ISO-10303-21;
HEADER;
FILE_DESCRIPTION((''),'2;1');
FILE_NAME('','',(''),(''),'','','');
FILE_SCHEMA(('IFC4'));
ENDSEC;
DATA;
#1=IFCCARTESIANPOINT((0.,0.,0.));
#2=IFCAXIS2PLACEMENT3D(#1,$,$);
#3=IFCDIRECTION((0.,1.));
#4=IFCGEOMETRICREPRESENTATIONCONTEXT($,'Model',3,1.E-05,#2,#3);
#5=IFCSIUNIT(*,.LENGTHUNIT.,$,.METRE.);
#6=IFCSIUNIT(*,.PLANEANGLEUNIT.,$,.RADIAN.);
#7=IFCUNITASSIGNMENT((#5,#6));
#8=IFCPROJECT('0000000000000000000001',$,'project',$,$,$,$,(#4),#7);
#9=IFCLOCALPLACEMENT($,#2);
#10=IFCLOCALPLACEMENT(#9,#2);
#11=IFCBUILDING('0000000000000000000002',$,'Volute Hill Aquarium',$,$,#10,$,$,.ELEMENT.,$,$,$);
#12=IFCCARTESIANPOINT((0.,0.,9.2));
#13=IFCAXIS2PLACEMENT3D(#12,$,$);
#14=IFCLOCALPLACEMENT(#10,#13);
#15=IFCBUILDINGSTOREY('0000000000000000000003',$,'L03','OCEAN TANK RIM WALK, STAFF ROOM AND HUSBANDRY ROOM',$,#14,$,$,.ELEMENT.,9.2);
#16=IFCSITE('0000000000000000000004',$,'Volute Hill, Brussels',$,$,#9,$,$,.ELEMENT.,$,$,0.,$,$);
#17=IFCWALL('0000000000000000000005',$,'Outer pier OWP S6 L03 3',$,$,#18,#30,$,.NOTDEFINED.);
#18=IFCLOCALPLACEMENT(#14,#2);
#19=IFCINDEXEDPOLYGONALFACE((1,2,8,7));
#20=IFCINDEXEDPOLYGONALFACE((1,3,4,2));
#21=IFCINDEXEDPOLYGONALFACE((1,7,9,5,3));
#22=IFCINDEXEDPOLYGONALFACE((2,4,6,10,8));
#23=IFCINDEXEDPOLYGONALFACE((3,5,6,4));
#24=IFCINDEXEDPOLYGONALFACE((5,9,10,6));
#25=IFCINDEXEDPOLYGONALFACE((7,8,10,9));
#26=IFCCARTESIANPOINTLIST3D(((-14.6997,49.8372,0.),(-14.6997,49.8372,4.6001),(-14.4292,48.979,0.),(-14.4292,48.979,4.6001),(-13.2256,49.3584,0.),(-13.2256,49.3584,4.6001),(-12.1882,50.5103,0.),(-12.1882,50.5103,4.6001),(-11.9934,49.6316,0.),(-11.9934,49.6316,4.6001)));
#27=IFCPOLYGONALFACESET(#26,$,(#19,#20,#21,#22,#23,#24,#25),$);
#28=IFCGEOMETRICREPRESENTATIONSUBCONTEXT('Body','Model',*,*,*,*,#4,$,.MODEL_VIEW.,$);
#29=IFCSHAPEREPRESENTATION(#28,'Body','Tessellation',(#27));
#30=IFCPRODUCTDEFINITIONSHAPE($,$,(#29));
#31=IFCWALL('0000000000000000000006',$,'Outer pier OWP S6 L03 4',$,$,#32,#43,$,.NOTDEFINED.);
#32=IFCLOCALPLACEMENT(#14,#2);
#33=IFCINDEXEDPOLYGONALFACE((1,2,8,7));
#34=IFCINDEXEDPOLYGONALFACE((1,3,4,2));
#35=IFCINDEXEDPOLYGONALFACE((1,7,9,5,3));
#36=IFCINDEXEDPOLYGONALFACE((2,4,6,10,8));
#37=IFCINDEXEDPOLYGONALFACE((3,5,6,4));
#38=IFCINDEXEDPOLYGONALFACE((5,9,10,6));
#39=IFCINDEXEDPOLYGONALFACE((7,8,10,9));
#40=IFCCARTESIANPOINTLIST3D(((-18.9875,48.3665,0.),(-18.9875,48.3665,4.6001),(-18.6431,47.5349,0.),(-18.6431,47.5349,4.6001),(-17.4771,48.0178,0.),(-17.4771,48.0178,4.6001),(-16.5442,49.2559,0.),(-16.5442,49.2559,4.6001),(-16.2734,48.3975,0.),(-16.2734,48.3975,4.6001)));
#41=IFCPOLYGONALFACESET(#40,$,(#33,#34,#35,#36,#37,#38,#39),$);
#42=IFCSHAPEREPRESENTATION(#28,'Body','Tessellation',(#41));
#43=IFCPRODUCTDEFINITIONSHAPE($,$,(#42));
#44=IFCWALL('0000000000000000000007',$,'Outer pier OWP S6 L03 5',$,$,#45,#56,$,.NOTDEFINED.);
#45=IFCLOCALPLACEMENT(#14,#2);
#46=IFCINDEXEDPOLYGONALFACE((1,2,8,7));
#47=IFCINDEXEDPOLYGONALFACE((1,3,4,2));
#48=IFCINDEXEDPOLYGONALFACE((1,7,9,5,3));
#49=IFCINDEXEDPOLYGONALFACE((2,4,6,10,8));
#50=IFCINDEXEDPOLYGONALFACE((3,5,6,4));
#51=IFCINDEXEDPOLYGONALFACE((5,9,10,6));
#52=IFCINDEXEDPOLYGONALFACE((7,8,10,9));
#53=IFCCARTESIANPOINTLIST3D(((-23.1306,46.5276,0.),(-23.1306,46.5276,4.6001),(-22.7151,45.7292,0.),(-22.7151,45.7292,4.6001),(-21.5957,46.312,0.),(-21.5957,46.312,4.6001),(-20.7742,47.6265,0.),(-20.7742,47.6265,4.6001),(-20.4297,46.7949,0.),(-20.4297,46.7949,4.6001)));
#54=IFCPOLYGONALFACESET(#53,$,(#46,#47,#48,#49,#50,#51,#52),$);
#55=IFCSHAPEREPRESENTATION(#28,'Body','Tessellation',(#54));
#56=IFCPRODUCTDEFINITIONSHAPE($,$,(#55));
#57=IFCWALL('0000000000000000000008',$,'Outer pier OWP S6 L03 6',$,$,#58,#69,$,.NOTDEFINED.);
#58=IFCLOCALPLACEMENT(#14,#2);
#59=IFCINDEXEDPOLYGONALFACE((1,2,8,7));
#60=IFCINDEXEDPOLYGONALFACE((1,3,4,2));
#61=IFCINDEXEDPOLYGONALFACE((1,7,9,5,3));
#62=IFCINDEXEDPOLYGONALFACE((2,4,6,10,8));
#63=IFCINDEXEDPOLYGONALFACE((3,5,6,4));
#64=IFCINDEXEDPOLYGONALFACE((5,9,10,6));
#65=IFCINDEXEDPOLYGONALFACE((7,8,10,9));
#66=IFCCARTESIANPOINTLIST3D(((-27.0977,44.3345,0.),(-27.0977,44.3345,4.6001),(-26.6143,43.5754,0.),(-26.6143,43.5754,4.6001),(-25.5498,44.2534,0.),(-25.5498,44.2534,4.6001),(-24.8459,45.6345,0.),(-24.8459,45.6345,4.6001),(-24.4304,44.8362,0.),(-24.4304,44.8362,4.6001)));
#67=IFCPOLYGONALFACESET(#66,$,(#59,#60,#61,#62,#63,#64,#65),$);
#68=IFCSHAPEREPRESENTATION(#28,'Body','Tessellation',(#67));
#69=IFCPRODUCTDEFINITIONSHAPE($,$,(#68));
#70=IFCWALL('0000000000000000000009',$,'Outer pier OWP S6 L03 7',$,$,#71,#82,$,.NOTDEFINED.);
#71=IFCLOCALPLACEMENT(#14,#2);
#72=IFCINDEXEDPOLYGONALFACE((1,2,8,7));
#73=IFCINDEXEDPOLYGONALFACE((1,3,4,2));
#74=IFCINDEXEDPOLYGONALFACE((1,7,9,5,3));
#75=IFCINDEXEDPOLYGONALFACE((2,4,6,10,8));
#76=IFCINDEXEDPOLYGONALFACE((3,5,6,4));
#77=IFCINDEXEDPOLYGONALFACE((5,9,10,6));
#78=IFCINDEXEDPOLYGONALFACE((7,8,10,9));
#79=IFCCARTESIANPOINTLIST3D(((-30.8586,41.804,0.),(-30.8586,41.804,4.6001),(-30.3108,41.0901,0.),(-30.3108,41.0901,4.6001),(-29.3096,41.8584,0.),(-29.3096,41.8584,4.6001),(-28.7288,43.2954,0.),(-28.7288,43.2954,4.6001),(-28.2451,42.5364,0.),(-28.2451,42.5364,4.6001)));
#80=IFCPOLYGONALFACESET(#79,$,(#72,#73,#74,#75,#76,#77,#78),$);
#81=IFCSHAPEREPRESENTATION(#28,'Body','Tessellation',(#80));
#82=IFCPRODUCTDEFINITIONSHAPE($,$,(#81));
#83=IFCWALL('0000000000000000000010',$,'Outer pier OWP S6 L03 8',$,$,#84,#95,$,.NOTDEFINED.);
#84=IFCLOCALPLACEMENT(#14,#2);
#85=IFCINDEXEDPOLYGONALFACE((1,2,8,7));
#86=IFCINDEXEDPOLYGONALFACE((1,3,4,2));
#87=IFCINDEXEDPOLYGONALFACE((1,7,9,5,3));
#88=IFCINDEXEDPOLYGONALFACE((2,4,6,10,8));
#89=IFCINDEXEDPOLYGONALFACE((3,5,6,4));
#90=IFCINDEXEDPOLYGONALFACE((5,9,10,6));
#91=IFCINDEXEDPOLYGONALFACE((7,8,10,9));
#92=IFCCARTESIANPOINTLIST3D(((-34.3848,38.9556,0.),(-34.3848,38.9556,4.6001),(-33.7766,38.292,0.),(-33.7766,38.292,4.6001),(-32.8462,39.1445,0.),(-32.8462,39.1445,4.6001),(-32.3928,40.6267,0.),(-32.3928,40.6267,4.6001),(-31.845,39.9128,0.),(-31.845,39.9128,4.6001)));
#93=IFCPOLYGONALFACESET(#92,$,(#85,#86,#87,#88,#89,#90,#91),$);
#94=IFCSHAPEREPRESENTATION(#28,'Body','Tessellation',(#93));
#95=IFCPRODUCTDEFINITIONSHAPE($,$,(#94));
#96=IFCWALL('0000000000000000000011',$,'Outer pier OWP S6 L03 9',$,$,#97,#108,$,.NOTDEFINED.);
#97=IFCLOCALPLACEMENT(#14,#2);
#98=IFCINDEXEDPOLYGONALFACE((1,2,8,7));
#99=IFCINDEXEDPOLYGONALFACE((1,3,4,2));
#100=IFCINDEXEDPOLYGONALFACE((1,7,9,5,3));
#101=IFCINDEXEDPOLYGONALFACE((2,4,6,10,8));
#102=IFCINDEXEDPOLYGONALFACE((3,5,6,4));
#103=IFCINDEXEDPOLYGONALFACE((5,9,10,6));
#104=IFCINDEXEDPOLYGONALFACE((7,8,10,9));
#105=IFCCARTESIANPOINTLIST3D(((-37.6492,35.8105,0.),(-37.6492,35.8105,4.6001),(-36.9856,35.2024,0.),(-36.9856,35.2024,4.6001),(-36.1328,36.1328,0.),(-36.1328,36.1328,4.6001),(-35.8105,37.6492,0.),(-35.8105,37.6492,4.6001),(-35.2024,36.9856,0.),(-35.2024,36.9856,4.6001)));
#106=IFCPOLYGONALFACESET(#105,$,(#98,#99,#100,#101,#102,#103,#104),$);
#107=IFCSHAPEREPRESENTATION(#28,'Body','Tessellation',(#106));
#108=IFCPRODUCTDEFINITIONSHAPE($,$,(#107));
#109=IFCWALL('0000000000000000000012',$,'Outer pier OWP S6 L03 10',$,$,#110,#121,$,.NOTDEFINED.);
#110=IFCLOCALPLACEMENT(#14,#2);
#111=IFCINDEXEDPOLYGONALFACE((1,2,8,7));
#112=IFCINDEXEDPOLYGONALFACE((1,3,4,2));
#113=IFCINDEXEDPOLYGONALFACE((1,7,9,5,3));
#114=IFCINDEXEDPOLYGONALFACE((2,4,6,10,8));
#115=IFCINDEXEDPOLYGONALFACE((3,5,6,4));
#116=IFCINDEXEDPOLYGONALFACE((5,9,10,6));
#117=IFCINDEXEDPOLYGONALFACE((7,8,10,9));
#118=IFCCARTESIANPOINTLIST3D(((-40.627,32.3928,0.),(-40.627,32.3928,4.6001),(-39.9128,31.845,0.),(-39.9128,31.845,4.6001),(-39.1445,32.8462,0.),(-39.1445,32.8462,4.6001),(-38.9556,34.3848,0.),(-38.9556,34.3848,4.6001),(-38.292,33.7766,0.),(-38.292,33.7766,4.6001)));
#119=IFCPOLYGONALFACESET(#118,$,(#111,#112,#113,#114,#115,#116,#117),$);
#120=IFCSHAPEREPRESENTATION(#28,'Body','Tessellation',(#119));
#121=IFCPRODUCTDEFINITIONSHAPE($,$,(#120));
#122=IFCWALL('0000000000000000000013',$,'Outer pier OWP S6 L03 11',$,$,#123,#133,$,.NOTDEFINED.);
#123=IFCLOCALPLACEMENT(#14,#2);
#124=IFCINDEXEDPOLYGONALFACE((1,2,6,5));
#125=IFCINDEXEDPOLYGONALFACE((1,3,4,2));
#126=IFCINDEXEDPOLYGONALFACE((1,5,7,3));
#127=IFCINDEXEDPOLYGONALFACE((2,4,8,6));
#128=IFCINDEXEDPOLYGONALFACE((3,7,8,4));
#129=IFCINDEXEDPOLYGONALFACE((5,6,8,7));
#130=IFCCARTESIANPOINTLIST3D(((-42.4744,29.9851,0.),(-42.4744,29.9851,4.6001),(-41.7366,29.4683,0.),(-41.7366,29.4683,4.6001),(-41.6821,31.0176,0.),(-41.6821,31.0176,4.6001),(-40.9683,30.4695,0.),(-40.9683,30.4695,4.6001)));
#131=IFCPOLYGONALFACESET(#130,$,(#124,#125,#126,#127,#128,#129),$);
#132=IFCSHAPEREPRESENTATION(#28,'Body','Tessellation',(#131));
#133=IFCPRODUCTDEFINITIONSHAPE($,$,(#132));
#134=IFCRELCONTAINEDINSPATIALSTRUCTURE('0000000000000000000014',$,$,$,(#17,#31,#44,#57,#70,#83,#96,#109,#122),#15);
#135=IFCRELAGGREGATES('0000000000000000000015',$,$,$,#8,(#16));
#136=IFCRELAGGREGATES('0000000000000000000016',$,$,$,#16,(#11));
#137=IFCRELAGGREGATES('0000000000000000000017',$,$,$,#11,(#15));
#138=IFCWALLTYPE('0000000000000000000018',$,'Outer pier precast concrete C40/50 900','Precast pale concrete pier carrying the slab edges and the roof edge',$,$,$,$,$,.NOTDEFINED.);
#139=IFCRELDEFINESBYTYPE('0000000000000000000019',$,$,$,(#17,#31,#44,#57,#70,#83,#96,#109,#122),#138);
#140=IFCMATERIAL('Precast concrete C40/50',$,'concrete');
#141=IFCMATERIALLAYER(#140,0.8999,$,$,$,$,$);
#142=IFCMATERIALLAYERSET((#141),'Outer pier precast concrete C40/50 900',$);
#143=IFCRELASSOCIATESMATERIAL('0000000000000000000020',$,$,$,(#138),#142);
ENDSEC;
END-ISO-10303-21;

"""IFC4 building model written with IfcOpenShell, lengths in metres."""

from ifc_helpers import new_model, si_unit, direction, frame, origin, place, context, subcontext, project, spatial, polyline, outline, extrude, material, layer, layer_set, type_object, element, save


model = new_model("IFC4")

# Units and contexts
model_context = context("Model", 3, precision=1e-05, world=origin(), true_north=direction((0.0, 1.0)))
body_context = subcontext(model_context, "Body", "Model", "MODEL_VIEW")
ifc_project = project(units=[si_unit("LENGTHUNIT", "METRE"), si_unit("PLANEANGLEUNIT", "RADIAN")], contexts=[model_context])

# Site, building, storey
site_placement = place(None, origin())
site = spatial("IfcSite", under=ifc_project, at=site_placement, Name="Volute Hill, Brussels", CompositionType="ELEMENT", RefElevation=0.0)
building_placement = place(site_placement, origin())
building = spatial("IfcBuilding", under=site, at=building_placement, Name="Volute Hill Aquarium", CompositionType="ELEMENT")
storey_placement = place(building_placement, frame((0.0, 0.0, 9.2)))
storey = spatial("IfcBuildingStorey", under=building, at=storey_placement, Name="L03", Description="OCEAN TANK RIM WALK, STAFF ROOM AND HUSBANDRY ROOM", CompositionType="ELEMENT", Elevation=9.2)

# Walls
ifc_material_1 = material(Name="Precast concrete C40/50", Category="concrete")
ifc_layer_1 = layer(ifc_material_1, 0.8999)
ifc_layer_set_1 = layer_set([ifc_layer_1], Name="Outer pier precast concrete C40/50 900")
wall_type = type_object("IfcWallType", Name="Outer pier precast concrete C40/50 900", Description="Precast pale concrete pier carrying the slab edges and the roof edge", PredefinedType="NOTDEFINED", material=ifc_layer_set_1)
wall_1_placement = place(storey_placement, origin())
element("IfcWall", 1, at=wall_1_placement, inside=storey, type_object=wall_type, Name="Outer pier OWP S6 L03 3", PredefinedType="NOTDEFINED", context=body_context, shape_type="SweptSolid", body=[
    extrude(outline(polyline([(-11.9934, 49.6316), (-12.1882, 50.5103), (-14.6997, 49.8372), (-14.4292, 48.979), (-13.2256, 49.3584), (-11.9934, 49.6316)])), origin(), (0.0, 0.0, 1.0), 4.6001),
])
wall_2_placement = place(storey_placement, origin())
element("IfcWall", 2, at=wall_2_placement, inside=storey, type_object=wall_type, Name="Outer pier OWP S6 L03 4", PredefinedType="NOTDEFINED", context=body_context, shape_type="SweptSolid", body=[
    extrude(outline(polyline([(-16.2734, 48.3975), (-16.5442, 49.2559), (-18.9875, 48.3665), (-18.6431, 47.5349), (-17.4771, 48.0178), (-16.2734, 48.3975)])), origin(), (0.0, 0.0, 1.0), 4.6001),
])
wall_3_placement = place(storey_placement, origin())
element("IfcWall", 3, at=wall_3_placement, inside=storey, type_object=wall_type, Name="Outer pier OWP S6 L03 5", PredefinedType="NOTDEFINED", context=body_context, shape_type="SweptSolid", body=[
    extrude(outline(polyline([(-20.4297, 46.7949), (-20.7742, 47.6265), (-23.1306, 46.5276), (-22.7151, 45.7292), (-21.5957, 46.312), (-20.4297, 46.7949)])), origin(), (0.0, 0.0, 1.0), 4.6001),
])
wall_4_placement = place(storey_placement, origin())
element("IfcWall", 4, at=wall_4_placement, inside=storey, type_object=wall_type, Name="Outer pier OWP S6 L03 6", PredefinedType="NOTDEFINED", context=body_context, shape_type="SweptSolid", body=[
    extrude(outline(polyline([(-24.4304, 44.8362), (-24.8459, 45.6345), (-27.0977, 44.3345), (-26.6143, 43.5754), (-25.5498, 44.2534), (-24.4304, 44.8362)])), origin(), (0.0, 0.0, 1.0), 4.6001),
])
wall_5_placement = place(storey_placement, origin())
element("IfcWall", 5, at=wall_5_placement, inside=storey, type_object=wall_type, Name="Outer pier OWP S6 L03 7", PredefinedType="NOTDEFINED", context=body_context, shape_type="SweptSolid", body=[
    extrude(outline(polyline([(-28.2451, 42.5364), (-28.7288, 43.2954), (-30.8586, 41.804), (-30.3108, 41.0901), (-29.3096, 41.8584), (-28.2451, 42.5364)])), origin(), (0.0, 0.0, 1.0), 4.6001),
])
wall_6_placement = place(storey_placement, origin())
element("IfcWall", 6, at=wall_6_placement, inside=storey, type_object=wall_type, Name="Outer pier OWP S6 L03 8", PredefinedType="NOTDEFINED", context=body_context, shape_type="SweptSolid", body=[
    extrude(outline(polyline([(-31.845, 39.9128), (-32.3928, 40.6267), (-34.3848, 38.9556), (-33.7766, 38.292), (-32.8462, 39.1445), (-31.845, 39.9128)])), origin(), (0.0, 0.0, 1.0), 4.6001),
])
wall_7_placement = place(storey_placement, origin())
element("IfcWall", 7, at=wall_7_placement, inside=storey, type_object=wall_type, Name="Outer pier OWP S6 L03 9", PredefinedType="NOTDEFINED", context=body_context, shape_type="SweptSolid", body=[
    extrude(outline(polyline([(-35.2024, 36.9856), (-35.8105, 37.6492), (-37.6492, 35.8105), (-36.9856, 35.2024), (-36.1328, 36.1328), (-35.2024, 36.9856)])), origin(), (0.0, 0.0, 1.0), 4.6001),
])
wall_8_placement = place(storey_placement, origin())
element("IfcWall", 8, at=wall_8_placement, inside=storey, type_object=wall_type, Name="Outer pier OWP S6 L03 10", PredefinedType="NOTDEFINED", context=body_context, shape_type="SweptSolid", body=[
    extrude(outline(polyline([(-38.292, 33.7766), (-38.9556, 34.3848), (-40.627, 32.3928), (-39.9128, 31.845), (-39.1445, 32.8462), (-38.292, 33.7766)])), origin(), (0.0, 0.0, 1.0), 4.6001),
])
wall_9_placement = place(storey_placement, origin())
element("IfcWall", 9, at=wall_9_placement, inside=storey, type_object=wall_type, Name="Outer pier OWP S6 L03 11", PredefinedType="NOTDEFINED", context=body_context, shape_type="SweptSolid", body=[
    extrude(outline(polyline([(-40.9683, 30.4695), (-41.6821, 31.0176), (-42.4744, 29.9851), (-41.7366, 29.4683), (-40.9683, 30.4695)])), origin(), (0.0, 0.0, 1.0), 4.6001),
])

save(model, "model.ifc")
